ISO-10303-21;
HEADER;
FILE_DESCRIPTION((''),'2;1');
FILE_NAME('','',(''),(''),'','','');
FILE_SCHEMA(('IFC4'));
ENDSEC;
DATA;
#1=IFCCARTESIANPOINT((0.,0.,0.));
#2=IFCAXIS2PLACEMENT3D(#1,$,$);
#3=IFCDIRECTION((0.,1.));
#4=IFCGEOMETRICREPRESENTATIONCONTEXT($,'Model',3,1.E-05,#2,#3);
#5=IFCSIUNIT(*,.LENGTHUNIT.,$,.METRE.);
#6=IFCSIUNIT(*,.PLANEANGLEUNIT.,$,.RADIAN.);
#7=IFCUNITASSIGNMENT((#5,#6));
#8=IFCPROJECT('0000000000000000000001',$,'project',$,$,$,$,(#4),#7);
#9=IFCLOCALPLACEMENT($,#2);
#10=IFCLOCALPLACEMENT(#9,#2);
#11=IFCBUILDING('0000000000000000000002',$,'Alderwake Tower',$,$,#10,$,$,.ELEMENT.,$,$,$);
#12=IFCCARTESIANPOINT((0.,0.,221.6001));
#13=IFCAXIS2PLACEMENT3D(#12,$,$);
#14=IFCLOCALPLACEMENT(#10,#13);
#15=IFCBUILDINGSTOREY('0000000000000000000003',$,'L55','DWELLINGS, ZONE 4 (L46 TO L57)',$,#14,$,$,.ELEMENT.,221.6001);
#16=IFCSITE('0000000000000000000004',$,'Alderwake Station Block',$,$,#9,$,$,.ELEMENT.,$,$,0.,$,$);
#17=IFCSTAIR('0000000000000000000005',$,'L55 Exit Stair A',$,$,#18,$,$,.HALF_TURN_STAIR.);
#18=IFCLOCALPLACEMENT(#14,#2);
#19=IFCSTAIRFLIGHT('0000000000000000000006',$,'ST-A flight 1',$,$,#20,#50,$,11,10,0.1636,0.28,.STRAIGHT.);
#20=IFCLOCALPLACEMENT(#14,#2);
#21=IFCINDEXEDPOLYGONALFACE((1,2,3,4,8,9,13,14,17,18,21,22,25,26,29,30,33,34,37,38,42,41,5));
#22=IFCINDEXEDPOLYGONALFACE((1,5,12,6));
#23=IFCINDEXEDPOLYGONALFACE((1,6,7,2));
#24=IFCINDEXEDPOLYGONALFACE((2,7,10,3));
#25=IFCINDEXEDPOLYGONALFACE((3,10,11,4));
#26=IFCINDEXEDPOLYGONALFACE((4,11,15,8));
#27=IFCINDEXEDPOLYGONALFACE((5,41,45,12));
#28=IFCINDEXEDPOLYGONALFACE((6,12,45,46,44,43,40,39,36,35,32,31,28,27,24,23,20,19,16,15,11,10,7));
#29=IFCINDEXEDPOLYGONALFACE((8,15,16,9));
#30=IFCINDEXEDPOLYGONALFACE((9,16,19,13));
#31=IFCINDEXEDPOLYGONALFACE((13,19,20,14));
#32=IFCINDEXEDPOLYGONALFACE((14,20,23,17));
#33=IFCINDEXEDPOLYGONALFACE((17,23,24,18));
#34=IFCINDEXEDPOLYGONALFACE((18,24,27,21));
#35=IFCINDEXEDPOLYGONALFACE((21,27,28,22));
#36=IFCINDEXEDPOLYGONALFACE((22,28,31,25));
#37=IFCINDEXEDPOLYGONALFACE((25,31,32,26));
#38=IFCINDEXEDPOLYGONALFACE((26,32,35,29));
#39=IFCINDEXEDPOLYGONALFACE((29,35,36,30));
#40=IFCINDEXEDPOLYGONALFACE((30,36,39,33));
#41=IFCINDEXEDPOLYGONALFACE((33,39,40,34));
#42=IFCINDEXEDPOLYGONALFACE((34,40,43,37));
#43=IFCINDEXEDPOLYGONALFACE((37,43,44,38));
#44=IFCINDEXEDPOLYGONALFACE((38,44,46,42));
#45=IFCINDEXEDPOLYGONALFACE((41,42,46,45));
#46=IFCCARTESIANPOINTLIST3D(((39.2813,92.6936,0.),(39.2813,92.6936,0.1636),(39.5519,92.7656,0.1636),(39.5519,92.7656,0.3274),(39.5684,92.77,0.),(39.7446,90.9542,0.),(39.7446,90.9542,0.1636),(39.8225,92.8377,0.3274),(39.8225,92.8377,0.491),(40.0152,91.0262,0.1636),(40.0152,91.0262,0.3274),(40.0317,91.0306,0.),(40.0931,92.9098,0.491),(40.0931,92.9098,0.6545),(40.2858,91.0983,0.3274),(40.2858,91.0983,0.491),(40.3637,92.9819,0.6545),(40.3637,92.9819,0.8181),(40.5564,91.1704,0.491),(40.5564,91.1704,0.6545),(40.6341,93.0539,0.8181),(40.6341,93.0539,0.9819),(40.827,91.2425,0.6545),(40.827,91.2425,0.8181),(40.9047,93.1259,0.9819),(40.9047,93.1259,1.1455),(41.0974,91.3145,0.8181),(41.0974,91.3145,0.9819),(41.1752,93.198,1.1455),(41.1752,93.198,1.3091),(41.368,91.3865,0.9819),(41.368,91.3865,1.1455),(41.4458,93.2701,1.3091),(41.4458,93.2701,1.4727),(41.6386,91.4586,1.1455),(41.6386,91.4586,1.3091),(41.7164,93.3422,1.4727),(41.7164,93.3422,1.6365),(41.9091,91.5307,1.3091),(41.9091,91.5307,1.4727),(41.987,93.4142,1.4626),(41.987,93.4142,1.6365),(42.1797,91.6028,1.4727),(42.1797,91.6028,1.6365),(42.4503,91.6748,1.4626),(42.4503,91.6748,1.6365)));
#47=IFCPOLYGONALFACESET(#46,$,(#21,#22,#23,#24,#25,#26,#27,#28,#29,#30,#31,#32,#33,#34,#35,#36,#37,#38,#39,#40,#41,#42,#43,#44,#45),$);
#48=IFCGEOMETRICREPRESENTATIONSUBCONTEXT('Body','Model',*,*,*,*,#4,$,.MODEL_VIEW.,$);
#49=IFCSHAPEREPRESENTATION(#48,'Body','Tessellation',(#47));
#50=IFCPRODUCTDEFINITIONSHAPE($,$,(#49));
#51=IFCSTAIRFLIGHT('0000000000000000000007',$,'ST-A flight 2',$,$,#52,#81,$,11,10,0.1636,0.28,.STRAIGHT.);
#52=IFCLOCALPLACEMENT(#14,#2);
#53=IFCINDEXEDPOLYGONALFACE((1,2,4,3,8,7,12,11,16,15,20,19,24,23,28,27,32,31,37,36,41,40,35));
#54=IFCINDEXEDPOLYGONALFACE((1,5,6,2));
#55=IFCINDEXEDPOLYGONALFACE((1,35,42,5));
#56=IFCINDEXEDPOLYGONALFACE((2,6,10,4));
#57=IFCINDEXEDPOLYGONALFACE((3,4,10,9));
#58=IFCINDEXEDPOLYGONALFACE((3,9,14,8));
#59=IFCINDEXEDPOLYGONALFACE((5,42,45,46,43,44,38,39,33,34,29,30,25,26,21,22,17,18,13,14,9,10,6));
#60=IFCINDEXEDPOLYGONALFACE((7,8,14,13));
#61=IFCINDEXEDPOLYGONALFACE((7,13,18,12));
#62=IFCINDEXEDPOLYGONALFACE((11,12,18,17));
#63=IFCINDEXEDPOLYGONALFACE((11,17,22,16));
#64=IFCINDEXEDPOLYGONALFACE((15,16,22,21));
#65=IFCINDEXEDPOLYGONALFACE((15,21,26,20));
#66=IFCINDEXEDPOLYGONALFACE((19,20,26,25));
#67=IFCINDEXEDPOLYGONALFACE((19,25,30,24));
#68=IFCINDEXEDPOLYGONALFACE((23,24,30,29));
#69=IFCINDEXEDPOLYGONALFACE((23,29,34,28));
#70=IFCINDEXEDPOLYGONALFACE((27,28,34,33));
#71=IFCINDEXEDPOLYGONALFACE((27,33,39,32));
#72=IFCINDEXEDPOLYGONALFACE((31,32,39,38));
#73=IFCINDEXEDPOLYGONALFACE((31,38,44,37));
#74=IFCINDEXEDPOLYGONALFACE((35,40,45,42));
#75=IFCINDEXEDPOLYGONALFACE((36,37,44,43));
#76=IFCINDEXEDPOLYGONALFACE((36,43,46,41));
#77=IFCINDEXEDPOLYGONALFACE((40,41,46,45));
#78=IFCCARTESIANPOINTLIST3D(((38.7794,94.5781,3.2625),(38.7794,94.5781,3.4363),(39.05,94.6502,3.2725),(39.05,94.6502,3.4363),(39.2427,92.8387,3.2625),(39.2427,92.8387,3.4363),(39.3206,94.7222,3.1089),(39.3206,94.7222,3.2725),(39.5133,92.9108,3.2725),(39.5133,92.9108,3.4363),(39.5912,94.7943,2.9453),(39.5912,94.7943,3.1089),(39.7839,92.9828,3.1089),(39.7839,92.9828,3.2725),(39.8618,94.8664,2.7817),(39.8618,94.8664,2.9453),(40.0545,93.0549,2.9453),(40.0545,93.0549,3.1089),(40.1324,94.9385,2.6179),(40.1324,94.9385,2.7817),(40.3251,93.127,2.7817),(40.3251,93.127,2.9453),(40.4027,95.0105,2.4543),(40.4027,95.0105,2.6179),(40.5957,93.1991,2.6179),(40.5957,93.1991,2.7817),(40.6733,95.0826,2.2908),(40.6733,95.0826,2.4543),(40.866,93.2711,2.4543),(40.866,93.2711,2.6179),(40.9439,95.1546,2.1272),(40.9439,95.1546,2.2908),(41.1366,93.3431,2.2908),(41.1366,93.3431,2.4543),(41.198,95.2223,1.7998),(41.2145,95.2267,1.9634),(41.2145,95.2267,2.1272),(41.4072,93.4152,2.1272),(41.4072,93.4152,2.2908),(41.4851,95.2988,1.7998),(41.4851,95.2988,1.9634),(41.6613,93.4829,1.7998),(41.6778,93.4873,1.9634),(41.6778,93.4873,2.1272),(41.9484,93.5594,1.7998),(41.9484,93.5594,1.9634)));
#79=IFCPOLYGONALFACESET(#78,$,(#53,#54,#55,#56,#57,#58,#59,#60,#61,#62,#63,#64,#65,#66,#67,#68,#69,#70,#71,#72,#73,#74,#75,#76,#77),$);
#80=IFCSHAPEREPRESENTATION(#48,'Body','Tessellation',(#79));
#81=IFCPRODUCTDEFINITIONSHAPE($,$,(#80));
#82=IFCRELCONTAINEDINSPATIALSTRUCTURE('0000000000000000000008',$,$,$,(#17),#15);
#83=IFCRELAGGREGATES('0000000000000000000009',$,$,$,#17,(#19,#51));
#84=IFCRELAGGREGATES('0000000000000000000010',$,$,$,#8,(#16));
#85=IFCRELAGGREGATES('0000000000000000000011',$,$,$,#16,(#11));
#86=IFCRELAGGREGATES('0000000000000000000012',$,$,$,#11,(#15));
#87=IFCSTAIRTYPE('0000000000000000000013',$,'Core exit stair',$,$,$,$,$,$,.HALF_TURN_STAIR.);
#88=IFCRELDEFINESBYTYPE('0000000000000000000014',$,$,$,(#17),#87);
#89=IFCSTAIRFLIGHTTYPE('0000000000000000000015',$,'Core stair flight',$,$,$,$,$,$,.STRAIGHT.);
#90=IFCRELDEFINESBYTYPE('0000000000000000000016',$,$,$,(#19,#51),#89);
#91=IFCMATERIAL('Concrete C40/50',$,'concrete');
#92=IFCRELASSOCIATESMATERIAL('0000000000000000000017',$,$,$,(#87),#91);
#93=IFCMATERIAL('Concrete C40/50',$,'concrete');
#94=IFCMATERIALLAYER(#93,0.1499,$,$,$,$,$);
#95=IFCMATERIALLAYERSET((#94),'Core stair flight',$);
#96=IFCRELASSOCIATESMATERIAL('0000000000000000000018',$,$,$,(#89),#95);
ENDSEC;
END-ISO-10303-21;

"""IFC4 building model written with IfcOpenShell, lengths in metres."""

from ifc_helpers import new_model, si_unit, direction, frame, origin, place, context, subcontext, project, spatial, polyline, outline, extrude, material, layer, layer_set, type_object, element, aggregate, save


model = new_model("IFC4")

# Units and contexts
model_context = context("Model", 3, precision=1e-05, world=origin(), true_north=direction((0.0, 1.0)))
body_context = subcontext(model_context, "Body", "Model", "MODEL_VIEW")
ifc_project = project(units=[si_unit("LENGTHUNIT", "METRE"), si_unit("PLANEANGLEUNIT", "RADIAN")], contexts=[model_context])

# Site, building, storey
site_placement = place(None, origin())
site = spatial("IfcSite", under=ifc_project, at=site_placement, Name="Alderwake Station Block", CompositionType="ELEMENT", RefElevation=0.0)
building_placement = place(site_placement, origin())
building = spatial("IfcBuilding", under=site, at=building_placement, Name="Alderwake Tower", CompositionType="ELEMENT")
storey_placement = place(building_placement, frame((0.0, 0.0, 221.6001)))
storey = spatial("IfcBuildingStorey", under=building, at=storey_placement, Name="L55", Description="DWELLINGS, ZONE 4 (L46 TO L57)", CompositionType="ELEMENT", Elevation=221.6001)

# Stair, stair flights
ifc_material_1 = material(Name="Concrete C40/50", Category="concrete")
stair_type = type_object("IfcStairType", Name="Core exit stair", PredefinedType="HALF_TURN_STAIR", material=ifc_material_1)
stair_placement = place(storey_placement, origin())
stair = element("IfcStair", 1, at=stair_placement, inside=storey, type_object=stair_type, Name="L55 Exit Stair A", PredefinedType="HALF_TURN_STAIR")
ifc_material_2 = material(Name="Concrete C40/50", Category="concrete")
ifc_layer_1 = layer(ifc_material_2, 0.1499)
ifc_layer_set_1 = layer_set([ifc_layer_1], Name="Core stair flight")
stair_flight_type = type_object("IfcStairFlightType", Name="Core stair flight", PredefinedType="STRAIGHT", material=ifc_layer_set_1)
stair_flight_1_placement = place(storey_placement, frame((39.5129, 91.824, 0.0), z_axis=(0.0, 0.0, 1.0), x_axis=(0.96631, 0.257382, 0.0)))
stair_flight_1 = element("IfcStairFlight", 2, at=stair_flight_1_placement, type_object=stair_flight_type, Name="ST-A flight 1", NumberOfRisers=11, NumberOfTreads=10, PredefinedType="STRAIGHT", RiserHeight=0.1636, TreadLength=0.28, context=body_context, shape_type="SweptSolid", body=[
    extrude(outline(polyline([(0.0, 0.0), (0.0, 0.1636), (0.28, 0.1636), (0.28, 0.3274), (0.5601, 0.3274), (0.5601, 0.491), (0.8401, 0.491), (0.8401, 0.6545), (1.1201, 0.6545), (1.1201, 0.8181), (1.3999, 0.8181), (1.3999, 0.9819), (1.6799, 0.9819), (1.6799, 1.1455), (1.96, 1.1455), (1.96, 1.3091), (2.24, 1.3091), (2.24, 1.4727), (2.52, 1.4727), (2.52, 1.6365), (2.8, 1.6365), (2.8, 1.8), (2.8, 1.4626), (0.2971, 0.0), (0.0, 0.0)])), frame((0.0, 0.8999, 0.0), z_axis=(0.0, -1.0, 0.0), x_axis=(1.0, 0.0, 0.0)), (0.0, 0.0, 1.0), 1.8),
])
stair_flight_2_placement = place(storey_placement, frame((41.7168, 94.429, 1.7998), z_axis=(0.0, 0.0, 1.0), x_axis=(-0.96631, -0.257382, 0.0)))
stair_flight_2 = element("IfcStairFlight", 3, at=stair_flight_2_placement, type_object=stair_flight_type, Name="ST-A flight 2", NumberOfRisers=11, NumberOfTreads=10, PredefinedType="STRAIGHT", RiserHeight=0.1636, TreadLength=0.28, context=body_context, shape_type="SweptSolid", body=[
    extrude(outline(polyline([(0.0, 0.0), (0.0, 0.1636), (0.28, 0.1636), (0.28, 0.3274), (0.5601, 0.3274), (0.5601, 0.491), (0.8401, 0.491), (0.8401, 0.6545), (1.1201, 0.6545), (1.1201, 0.8181), (1.3999, 0.8181), (1.3999, 0.9819), (1.6799, 0.9819), (1.6799, 1.1455), (1.96, 1.1455), (1.96, 1.3091), (2.24, 1.3091), (2.24, 1.4727), (2.52, 1.4727), (2.52, 1.6365), (2.8, 1.6365), (2.8, 1.8), (2.8, 1.4626), (0.2971, 0.0), (0.0, 0.0)])), frame((0.0, 0.8999, 0.0), z_axis=(0.0, -1.0, 0.0), x_axis=(1.0, 0.0, 0.0)), (0.0, 0.0, 1.0), 1.8),
])
aggregate(stair, [stair_flight_1, stair_flight_2])

save(model, "model.ifc")
